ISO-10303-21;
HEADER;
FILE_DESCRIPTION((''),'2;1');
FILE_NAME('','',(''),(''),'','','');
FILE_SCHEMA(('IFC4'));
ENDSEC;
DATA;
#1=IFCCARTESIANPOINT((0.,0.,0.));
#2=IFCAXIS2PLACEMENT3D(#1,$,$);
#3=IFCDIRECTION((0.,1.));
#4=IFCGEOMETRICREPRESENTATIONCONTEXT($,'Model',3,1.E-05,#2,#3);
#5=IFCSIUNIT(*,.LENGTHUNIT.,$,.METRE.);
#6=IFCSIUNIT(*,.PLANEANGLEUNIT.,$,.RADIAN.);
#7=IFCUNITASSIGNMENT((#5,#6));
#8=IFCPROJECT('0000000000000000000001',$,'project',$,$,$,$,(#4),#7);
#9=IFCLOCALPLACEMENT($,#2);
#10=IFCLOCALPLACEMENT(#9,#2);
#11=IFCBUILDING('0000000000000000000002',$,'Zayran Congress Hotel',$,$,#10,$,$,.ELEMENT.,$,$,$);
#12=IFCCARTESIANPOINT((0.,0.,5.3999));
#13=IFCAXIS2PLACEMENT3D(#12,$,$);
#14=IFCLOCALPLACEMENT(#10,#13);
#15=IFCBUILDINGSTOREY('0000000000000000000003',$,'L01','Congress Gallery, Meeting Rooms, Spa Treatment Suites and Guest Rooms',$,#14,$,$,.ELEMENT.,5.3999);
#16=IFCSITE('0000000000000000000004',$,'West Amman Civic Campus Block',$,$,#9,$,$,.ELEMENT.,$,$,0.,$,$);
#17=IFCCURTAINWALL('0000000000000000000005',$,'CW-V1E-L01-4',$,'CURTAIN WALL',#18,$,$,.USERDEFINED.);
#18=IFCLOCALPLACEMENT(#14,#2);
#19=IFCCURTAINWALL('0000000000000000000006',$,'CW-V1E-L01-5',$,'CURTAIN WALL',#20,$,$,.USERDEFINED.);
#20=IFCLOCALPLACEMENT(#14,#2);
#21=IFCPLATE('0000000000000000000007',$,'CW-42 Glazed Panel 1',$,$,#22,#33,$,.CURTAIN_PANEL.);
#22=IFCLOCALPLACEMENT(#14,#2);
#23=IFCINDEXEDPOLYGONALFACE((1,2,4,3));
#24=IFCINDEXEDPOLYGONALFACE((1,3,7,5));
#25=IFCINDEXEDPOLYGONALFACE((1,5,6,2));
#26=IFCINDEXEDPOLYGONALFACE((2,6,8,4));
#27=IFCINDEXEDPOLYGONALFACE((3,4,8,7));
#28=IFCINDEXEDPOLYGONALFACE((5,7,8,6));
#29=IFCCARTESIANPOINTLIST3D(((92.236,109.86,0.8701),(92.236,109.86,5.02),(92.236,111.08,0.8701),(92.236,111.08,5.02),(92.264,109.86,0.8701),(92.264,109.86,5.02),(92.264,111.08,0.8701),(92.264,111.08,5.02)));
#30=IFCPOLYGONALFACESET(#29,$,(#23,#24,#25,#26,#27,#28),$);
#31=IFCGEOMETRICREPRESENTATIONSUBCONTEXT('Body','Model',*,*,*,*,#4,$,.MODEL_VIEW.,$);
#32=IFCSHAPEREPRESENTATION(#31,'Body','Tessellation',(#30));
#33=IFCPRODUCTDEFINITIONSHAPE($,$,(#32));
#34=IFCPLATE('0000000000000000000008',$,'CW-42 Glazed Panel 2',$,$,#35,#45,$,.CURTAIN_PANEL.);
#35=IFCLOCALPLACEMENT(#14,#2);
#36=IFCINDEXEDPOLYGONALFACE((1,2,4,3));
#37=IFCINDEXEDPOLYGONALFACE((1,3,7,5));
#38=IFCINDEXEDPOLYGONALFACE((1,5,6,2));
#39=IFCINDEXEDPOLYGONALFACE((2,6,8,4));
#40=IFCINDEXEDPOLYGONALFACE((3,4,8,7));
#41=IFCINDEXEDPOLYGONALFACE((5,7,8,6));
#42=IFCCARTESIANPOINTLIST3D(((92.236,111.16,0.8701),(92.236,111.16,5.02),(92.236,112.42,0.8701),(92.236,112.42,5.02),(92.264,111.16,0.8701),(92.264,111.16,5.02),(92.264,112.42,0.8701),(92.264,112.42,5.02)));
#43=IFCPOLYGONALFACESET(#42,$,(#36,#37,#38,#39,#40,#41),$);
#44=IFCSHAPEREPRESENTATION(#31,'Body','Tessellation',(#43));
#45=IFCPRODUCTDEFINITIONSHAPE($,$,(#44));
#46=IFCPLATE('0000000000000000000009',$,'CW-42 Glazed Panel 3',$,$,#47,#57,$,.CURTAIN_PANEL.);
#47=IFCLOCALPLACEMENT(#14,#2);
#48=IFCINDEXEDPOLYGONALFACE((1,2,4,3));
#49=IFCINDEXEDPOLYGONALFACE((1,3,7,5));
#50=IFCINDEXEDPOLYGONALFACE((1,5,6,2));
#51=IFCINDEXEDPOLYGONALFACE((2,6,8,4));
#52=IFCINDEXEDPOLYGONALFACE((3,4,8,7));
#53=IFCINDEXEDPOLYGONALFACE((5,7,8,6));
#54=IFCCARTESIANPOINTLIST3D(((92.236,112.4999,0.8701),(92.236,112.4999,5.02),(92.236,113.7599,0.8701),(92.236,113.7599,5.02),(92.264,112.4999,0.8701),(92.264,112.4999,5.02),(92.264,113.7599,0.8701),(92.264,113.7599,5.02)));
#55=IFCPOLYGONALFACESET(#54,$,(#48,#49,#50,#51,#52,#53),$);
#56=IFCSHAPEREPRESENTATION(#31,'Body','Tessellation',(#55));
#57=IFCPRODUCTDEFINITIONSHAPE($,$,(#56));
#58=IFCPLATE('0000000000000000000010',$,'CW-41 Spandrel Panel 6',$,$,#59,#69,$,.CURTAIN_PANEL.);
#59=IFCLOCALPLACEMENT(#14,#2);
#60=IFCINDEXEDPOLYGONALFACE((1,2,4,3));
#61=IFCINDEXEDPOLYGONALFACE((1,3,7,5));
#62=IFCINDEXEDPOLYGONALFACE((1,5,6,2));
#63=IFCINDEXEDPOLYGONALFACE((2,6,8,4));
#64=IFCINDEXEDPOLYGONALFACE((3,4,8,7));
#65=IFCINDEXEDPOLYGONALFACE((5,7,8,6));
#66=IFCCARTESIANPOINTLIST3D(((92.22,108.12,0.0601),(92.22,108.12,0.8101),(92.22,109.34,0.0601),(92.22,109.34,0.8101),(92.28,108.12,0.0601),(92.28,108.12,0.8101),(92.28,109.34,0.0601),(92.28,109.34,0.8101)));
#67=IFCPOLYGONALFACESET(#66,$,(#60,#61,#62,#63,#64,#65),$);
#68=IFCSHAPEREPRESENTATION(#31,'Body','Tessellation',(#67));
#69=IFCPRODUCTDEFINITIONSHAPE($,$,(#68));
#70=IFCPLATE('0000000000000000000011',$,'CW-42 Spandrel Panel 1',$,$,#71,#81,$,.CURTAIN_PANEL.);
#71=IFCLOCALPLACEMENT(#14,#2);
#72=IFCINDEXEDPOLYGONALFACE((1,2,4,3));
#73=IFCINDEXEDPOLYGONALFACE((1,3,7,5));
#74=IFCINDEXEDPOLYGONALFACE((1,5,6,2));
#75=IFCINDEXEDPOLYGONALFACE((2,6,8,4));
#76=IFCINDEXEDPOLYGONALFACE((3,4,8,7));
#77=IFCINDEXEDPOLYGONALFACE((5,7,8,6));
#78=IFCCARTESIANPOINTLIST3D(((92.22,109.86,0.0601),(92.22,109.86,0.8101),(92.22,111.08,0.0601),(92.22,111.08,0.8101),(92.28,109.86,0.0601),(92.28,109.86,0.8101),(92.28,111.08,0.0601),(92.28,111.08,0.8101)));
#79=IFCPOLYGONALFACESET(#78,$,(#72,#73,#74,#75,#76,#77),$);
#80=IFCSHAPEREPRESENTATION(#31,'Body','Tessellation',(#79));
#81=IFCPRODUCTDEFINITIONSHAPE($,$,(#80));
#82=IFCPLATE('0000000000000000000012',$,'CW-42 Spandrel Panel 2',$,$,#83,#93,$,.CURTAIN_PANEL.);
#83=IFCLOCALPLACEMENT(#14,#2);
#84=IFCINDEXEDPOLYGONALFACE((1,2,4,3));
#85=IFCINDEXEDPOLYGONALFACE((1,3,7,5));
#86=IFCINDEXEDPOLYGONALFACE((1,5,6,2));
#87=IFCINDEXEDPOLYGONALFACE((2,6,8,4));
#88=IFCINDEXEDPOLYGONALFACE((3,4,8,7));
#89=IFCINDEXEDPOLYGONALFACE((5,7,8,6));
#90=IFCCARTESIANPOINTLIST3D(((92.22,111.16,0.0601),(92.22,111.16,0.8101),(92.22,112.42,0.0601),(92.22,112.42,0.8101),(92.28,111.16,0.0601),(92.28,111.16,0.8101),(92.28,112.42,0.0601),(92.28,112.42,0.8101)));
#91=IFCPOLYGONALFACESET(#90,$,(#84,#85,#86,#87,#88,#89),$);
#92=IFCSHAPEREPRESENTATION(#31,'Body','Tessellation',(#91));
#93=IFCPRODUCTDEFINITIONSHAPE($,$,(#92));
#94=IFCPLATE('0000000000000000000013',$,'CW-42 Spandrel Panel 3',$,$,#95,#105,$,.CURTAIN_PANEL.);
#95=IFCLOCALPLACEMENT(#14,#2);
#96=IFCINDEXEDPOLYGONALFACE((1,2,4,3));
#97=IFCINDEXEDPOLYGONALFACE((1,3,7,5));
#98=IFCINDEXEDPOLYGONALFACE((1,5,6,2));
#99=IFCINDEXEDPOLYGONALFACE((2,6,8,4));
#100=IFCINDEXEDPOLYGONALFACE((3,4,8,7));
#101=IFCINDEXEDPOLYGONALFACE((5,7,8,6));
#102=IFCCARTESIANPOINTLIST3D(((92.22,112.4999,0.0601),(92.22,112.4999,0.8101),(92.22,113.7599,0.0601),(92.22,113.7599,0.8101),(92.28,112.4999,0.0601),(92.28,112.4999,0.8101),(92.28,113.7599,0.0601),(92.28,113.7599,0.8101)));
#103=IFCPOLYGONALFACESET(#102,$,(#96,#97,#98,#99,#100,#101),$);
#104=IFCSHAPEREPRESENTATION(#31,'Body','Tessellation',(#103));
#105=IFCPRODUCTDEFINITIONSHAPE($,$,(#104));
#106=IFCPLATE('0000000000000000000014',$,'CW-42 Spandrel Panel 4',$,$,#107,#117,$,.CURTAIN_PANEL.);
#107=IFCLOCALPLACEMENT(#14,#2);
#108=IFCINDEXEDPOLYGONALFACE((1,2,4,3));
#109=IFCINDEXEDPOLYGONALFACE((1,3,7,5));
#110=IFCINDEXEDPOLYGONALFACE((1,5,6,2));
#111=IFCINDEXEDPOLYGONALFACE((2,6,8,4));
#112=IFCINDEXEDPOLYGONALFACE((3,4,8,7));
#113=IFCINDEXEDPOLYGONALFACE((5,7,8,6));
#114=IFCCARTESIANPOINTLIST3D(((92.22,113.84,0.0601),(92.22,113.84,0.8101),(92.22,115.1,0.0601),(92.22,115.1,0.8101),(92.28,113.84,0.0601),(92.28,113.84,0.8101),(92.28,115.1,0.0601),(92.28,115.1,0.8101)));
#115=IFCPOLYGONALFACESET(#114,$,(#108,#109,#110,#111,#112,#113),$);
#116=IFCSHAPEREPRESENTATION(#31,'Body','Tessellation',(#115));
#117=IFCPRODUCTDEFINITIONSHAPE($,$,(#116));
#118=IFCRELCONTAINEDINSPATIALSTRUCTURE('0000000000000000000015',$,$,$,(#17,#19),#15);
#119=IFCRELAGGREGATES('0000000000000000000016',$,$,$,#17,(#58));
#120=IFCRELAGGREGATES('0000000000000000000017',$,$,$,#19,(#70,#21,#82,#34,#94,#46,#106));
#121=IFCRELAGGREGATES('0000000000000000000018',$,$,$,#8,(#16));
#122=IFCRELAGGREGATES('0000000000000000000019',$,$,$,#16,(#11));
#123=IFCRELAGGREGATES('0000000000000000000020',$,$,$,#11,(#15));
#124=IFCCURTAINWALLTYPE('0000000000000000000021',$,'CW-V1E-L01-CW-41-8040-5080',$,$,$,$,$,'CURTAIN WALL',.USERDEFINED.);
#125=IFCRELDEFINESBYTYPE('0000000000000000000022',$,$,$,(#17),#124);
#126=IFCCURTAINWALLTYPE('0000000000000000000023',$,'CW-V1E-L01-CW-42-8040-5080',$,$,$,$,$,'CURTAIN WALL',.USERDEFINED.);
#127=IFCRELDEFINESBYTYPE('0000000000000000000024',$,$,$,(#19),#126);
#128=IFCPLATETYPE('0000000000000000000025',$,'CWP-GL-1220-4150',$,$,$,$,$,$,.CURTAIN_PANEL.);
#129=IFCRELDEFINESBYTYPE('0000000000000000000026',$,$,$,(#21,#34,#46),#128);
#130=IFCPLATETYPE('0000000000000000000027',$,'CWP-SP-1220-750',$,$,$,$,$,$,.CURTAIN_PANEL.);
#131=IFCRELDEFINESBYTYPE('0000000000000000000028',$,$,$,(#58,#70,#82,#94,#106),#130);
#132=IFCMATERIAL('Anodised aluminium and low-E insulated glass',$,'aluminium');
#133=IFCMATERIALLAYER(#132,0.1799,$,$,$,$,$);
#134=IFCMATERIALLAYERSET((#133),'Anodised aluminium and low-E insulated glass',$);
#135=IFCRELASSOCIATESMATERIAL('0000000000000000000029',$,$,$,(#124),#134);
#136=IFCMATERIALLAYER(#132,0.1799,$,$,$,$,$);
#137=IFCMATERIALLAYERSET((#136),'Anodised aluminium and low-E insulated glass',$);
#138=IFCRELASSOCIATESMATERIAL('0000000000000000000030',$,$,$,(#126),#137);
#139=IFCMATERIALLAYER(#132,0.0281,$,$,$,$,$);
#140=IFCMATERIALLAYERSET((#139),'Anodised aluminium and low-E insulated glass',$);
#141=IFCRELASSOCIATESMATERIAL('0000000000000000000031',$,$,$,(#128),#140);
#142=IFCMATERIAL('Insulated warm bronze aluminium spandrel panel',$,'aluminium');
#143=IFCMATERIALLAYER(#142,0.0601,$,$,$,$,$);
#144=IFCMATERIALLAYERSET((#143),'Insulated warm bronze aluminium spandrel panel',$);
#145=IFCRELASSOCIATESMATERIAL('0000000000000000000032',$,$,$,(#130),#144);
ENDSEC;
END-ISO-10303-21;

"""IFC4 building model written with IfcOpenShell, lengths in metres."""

from ifc_helpers import new_model, si_unit, direction, frame, origin, origin_2d, place, context, subcontext, project, spatial, rectangle, extrude, material, layer, layer_set, type_object, element, aggregate, save


model = new_model("IFC4")

# Units and contexts
model_context = context("Model", 3, precision=1e-05, world=origin(), true_north=direction((0.0, 1.0)))
body_context = subcontext(model_context, "Body", "Model", "MODEL_VIEW")
ifc_project = project(units=[si_unit("LENGTHUNIT", "METRE"), si_unit("PLANEANGLEUNIT", "RADIAN")], contexts=[model_context])

# Site, building, storey
site_placement = place(None, origin())
site = spatial("IfcSite", under=ifc_project, at=site_placement, Name="West Amman Civic Campus Block", CompositionType="ELEMENT", RefElevation=0.0)
building_placement = place(site_placement, origin())
building = spatial("IfcBuilding", under=site, at=building_placement, Name="Zayran Congress Hotel", CompositionType="ELEMENT")
storey_placement = place(building_placement, frame((0.0, 0.0, 5.3999)))
storey = spatial("IfcBuildingStorey", under=building, at=storey_placement, Name="L01", Description="Congress Gallery, Meeting Rooms, Spa Treatment Suites and Guest Rooms", CompositionType="ELEMENT", Elevation=5.3999)

# Curtain walls
ifc_material_1 = material(Name="Anodised aluminium and low-E insulated glass", Category="aluminium")
ifc_layer_1 = layer(ifc_material_1, 0.1799)
ifc_layer_set_1 = layer_set([ifc_layer_1], Name="Anodised aluminium and low-E insulated glass")
curtain_wall_type_1 = type_object("IfcCurtainWallType", Name="CW-V1E-L01-CW-41-8040-5080", ElementType="CURTAIN WALL", PredefinedType="USERDEFINED", material=ifc_layer_set_1)
curtain_wall_1_placement = place(storey_placement, origin())
curtain_wall_1 = element("IfcCurtainWall", 1, at=curtain_wall_1_placement, inside=storey, type_object=curtain_wall_type_1, Name="CW-V1E-L01-4", ObjectType="CURTAIN WALL", PredefinedType="USERDEFINED")
ifc_layer_2 = layer(ifc_material_1, 0.1799)
ifc_layer_set_2 = layer_set([ifc_layer_2], Name="Anodised aluminium and low-E insulated glass")
curtain_wall_type_2 = type_object("IfcCurtainWallType", Name="CW-V1E-L01-CW-42-8040-5080", ElementType="CURTAIN WALL", PredefinedType="USERDEFINED", material=ifc_layer_set_2)
curtain_wall_2_placement = place(storey_placement, origin())
curtain_wall_2 = element("IfcCurtainWall", 2, at=curtain_wall_2_placement, inside=storey, type_object=curtain_wall_type_2, Name="CW-V1E-L01-5", ObjectType="CURTAIN WALL", PredefinedType="USERDEFINED")

# Plates
ifc_layer_3 = layer(ifc_material_1, 0.0281)
ifc_layer_set_3 = layer_set([ifc_layer_3], Name="Anodised aluminium and low-E insulated glass")
plate_type_1 = type_object("IfcPlateType", Name="CWP-GL-1220-4150", PredefinedType="CURTAIN_PANEL", material=ifc_layer_set_3)
plate_1_placement = place(storey_placement, frame((92.25, 110.47, 0.8701), z_axis=(0.0, 0.0, 1.0), x_axis=(0.0, 1.0, 0.0)))
plate_1 = element("IfcPlate", 3, at=plate_1_placement, type_object=plate_type_1, Name="CW-42 Glazed Panel 1", PredefinedType="CURTAIN_PANEL", context=body_context, shape_type="SweptSolid", body=[
    extrude(rectangle(XDim=1.22, YDim=0.0281, at=origin_2d()), origin(), (0.0, 0.0, 1.0), 4.1499),
])
plate_2_placement = place(storey_placement, frame((92.25, 111.79, 0.8701), z_axis=(0.0, 0.0, 1.0), x_axis=(0.0, 1.0, 0.0)))
plate_2 = element("IfcPlate", 4, at=plate_2_placement, type_object=plate_type_1, Name="CW-42 Glazed Panel 2", PredefinedType="CURTAIN_PANEL", context=body_context, shape_type="SweptSolid", body=[
    extrude(rectangle(XDim=1.26, YDim=0.0281, at=origin_2d()), origin(), (0.0, 0.0, 1.0), 4.1499),
])
plate_3_placement = place(storey_placement, frame((92.25, 113.1299, 0.8701), z_axis=(0.0, 0.0, 1.0), x_axis=(0.0, 1.0, 0.0)))
plate_3 = element("IfcPlate", 5, at=plate_3_placement, type_object=plate_type_1, Name="CW-42 Glazed Panel 3", PredefinedType="CURTAIN_PANEL", context=body_context, shape_type="SweptSolid", body=[
    extrude(rectangle(XDim=1.26, YDim=0.0281, at=origin_2d()), origin(), (0.0, 0.0, 1.0), 4.1499),
])
ifc_material_2 = material(Name="Insulated warm bronze aluminium spandrel panel", Category="aluminium")
ifc_layer_4 = layer(ifc_material_2, 0.0601)
ifc_layer_set_4 = layer_set([ifc_layer_4], Name="Insulated warm bronze aluminium spandrel panel")
plate_type_2 = type_object("IfcPlateType", Name="CWP-SP-1220-750", PredefinedType="CURTAIN_PANEL", material=ifc_layer_set_4)
plate_4_placement = place(storey_placement, frame((92.25, 108.73, 0.0601), z_axis=(0.0, 0.0, 1.0), x_axis=(0.0, 1.0, 0.0)))
plate_4 = element("IfcPlate", 6, at=plate_4_placement, type_object=plate_type_2, Name="CW-41 Spandrel Panel 6", PredefinedType="CURTAIN_PANEL", context=body_context, shape_type="SweptSolid", body=[
    extrude(rectangle(XDim=1.22, YDim=0.0601, at=origin_2d()), origin(), (0.0, 0.0, 1.0), 0.75),
])
aggregate(curtain_wall_1, [plate_4])
plate_5_placement = place(storey_placement, frame((92.25, 110.47, 0.0601), z_axis=(0.0, 0.0, 1.0), x_axis=(0.0, 1.0, 0.0)))
plate_5 = element("IfcPlate", 7, at=plate_5_placement, type_object=plate_type_2, Name="CW-42 Spandrel Panel 1", PredefinedType="CURTAIN_PANEL", context=body_context, shape_type="SweptSolid", body=[
    extrude(rectangle(XDim=1.22, YDim=0.0601, at=origin_2d()), origin(), (0.0, 0.0, 1.0), 0.75),
])
plate_6_placement = place(storey_placement, frame((92.25, 111.79, 0.0601), z_axis=(0.0, 0.0, 1.0), x_axis=(0.0, 1.0, 0.0)))
plate_6 = element("IfcPlate", 8, at=plate_6_placement, type_object=plate_type_2, Name="CW-42 Spandrel Panel 2", PredefinedType="CURTAIN_PANEL", context=body_context, shape_type="SweptSolid", body=[
    extrude(rectangle(XDim=1.26, YDim=0.0601, at=origin_2d()), origin(), (0.0, 0.0, 1.0), 0.75),
])
plate_7_placement = place(storey_placement, frame((92.25, 113.1299, 0.0601), z_axis=(0.0, 0.0, 1.0), x_axis=(0.0, 1.0, 0.0)))
plate_7 = element("IfcPlate", 9, at=plate_7_placement, type_object=plate_type_2, Name="CW-42 Spandrel Panel 3", PredefinedType="CURTAIN_PANEL", context=body_context, shape_type="SweptSolid", body=[
    extrude(rectangle(XDim=1.26, YDim=0.0601, at=origin_2d()), origin(), (0.0, 0.0, 1.0), 0.75),
])
plate_8_placement = place(storey_placement, frame((92.25, 114.47, 0.0601), z_axis=(0.0, 0.0, 1.0), x_axis=(0.0, 1.0, 0.0)))
plate_8 = element("IfcPlate", 10, at=plate_8_placement, type_object=plate_type_2, Name="CW-42 Spandrel Panel 4", PredefinedType="CURTAIN_PANEL", context=body_context, shape_type="SweptSolid", body=[
    extrude(rectangle(XDim=1.26, YDim=0.0601, at=origin_2d()), origin(), (0.0, 0.0, 1.0), 0.75),
])
aggregate(curtain_wall_2, [plate_5, plate_1, plate_6, plate_2, plate_7, plate_3, plate_8])

save(model, "model.ifc")
